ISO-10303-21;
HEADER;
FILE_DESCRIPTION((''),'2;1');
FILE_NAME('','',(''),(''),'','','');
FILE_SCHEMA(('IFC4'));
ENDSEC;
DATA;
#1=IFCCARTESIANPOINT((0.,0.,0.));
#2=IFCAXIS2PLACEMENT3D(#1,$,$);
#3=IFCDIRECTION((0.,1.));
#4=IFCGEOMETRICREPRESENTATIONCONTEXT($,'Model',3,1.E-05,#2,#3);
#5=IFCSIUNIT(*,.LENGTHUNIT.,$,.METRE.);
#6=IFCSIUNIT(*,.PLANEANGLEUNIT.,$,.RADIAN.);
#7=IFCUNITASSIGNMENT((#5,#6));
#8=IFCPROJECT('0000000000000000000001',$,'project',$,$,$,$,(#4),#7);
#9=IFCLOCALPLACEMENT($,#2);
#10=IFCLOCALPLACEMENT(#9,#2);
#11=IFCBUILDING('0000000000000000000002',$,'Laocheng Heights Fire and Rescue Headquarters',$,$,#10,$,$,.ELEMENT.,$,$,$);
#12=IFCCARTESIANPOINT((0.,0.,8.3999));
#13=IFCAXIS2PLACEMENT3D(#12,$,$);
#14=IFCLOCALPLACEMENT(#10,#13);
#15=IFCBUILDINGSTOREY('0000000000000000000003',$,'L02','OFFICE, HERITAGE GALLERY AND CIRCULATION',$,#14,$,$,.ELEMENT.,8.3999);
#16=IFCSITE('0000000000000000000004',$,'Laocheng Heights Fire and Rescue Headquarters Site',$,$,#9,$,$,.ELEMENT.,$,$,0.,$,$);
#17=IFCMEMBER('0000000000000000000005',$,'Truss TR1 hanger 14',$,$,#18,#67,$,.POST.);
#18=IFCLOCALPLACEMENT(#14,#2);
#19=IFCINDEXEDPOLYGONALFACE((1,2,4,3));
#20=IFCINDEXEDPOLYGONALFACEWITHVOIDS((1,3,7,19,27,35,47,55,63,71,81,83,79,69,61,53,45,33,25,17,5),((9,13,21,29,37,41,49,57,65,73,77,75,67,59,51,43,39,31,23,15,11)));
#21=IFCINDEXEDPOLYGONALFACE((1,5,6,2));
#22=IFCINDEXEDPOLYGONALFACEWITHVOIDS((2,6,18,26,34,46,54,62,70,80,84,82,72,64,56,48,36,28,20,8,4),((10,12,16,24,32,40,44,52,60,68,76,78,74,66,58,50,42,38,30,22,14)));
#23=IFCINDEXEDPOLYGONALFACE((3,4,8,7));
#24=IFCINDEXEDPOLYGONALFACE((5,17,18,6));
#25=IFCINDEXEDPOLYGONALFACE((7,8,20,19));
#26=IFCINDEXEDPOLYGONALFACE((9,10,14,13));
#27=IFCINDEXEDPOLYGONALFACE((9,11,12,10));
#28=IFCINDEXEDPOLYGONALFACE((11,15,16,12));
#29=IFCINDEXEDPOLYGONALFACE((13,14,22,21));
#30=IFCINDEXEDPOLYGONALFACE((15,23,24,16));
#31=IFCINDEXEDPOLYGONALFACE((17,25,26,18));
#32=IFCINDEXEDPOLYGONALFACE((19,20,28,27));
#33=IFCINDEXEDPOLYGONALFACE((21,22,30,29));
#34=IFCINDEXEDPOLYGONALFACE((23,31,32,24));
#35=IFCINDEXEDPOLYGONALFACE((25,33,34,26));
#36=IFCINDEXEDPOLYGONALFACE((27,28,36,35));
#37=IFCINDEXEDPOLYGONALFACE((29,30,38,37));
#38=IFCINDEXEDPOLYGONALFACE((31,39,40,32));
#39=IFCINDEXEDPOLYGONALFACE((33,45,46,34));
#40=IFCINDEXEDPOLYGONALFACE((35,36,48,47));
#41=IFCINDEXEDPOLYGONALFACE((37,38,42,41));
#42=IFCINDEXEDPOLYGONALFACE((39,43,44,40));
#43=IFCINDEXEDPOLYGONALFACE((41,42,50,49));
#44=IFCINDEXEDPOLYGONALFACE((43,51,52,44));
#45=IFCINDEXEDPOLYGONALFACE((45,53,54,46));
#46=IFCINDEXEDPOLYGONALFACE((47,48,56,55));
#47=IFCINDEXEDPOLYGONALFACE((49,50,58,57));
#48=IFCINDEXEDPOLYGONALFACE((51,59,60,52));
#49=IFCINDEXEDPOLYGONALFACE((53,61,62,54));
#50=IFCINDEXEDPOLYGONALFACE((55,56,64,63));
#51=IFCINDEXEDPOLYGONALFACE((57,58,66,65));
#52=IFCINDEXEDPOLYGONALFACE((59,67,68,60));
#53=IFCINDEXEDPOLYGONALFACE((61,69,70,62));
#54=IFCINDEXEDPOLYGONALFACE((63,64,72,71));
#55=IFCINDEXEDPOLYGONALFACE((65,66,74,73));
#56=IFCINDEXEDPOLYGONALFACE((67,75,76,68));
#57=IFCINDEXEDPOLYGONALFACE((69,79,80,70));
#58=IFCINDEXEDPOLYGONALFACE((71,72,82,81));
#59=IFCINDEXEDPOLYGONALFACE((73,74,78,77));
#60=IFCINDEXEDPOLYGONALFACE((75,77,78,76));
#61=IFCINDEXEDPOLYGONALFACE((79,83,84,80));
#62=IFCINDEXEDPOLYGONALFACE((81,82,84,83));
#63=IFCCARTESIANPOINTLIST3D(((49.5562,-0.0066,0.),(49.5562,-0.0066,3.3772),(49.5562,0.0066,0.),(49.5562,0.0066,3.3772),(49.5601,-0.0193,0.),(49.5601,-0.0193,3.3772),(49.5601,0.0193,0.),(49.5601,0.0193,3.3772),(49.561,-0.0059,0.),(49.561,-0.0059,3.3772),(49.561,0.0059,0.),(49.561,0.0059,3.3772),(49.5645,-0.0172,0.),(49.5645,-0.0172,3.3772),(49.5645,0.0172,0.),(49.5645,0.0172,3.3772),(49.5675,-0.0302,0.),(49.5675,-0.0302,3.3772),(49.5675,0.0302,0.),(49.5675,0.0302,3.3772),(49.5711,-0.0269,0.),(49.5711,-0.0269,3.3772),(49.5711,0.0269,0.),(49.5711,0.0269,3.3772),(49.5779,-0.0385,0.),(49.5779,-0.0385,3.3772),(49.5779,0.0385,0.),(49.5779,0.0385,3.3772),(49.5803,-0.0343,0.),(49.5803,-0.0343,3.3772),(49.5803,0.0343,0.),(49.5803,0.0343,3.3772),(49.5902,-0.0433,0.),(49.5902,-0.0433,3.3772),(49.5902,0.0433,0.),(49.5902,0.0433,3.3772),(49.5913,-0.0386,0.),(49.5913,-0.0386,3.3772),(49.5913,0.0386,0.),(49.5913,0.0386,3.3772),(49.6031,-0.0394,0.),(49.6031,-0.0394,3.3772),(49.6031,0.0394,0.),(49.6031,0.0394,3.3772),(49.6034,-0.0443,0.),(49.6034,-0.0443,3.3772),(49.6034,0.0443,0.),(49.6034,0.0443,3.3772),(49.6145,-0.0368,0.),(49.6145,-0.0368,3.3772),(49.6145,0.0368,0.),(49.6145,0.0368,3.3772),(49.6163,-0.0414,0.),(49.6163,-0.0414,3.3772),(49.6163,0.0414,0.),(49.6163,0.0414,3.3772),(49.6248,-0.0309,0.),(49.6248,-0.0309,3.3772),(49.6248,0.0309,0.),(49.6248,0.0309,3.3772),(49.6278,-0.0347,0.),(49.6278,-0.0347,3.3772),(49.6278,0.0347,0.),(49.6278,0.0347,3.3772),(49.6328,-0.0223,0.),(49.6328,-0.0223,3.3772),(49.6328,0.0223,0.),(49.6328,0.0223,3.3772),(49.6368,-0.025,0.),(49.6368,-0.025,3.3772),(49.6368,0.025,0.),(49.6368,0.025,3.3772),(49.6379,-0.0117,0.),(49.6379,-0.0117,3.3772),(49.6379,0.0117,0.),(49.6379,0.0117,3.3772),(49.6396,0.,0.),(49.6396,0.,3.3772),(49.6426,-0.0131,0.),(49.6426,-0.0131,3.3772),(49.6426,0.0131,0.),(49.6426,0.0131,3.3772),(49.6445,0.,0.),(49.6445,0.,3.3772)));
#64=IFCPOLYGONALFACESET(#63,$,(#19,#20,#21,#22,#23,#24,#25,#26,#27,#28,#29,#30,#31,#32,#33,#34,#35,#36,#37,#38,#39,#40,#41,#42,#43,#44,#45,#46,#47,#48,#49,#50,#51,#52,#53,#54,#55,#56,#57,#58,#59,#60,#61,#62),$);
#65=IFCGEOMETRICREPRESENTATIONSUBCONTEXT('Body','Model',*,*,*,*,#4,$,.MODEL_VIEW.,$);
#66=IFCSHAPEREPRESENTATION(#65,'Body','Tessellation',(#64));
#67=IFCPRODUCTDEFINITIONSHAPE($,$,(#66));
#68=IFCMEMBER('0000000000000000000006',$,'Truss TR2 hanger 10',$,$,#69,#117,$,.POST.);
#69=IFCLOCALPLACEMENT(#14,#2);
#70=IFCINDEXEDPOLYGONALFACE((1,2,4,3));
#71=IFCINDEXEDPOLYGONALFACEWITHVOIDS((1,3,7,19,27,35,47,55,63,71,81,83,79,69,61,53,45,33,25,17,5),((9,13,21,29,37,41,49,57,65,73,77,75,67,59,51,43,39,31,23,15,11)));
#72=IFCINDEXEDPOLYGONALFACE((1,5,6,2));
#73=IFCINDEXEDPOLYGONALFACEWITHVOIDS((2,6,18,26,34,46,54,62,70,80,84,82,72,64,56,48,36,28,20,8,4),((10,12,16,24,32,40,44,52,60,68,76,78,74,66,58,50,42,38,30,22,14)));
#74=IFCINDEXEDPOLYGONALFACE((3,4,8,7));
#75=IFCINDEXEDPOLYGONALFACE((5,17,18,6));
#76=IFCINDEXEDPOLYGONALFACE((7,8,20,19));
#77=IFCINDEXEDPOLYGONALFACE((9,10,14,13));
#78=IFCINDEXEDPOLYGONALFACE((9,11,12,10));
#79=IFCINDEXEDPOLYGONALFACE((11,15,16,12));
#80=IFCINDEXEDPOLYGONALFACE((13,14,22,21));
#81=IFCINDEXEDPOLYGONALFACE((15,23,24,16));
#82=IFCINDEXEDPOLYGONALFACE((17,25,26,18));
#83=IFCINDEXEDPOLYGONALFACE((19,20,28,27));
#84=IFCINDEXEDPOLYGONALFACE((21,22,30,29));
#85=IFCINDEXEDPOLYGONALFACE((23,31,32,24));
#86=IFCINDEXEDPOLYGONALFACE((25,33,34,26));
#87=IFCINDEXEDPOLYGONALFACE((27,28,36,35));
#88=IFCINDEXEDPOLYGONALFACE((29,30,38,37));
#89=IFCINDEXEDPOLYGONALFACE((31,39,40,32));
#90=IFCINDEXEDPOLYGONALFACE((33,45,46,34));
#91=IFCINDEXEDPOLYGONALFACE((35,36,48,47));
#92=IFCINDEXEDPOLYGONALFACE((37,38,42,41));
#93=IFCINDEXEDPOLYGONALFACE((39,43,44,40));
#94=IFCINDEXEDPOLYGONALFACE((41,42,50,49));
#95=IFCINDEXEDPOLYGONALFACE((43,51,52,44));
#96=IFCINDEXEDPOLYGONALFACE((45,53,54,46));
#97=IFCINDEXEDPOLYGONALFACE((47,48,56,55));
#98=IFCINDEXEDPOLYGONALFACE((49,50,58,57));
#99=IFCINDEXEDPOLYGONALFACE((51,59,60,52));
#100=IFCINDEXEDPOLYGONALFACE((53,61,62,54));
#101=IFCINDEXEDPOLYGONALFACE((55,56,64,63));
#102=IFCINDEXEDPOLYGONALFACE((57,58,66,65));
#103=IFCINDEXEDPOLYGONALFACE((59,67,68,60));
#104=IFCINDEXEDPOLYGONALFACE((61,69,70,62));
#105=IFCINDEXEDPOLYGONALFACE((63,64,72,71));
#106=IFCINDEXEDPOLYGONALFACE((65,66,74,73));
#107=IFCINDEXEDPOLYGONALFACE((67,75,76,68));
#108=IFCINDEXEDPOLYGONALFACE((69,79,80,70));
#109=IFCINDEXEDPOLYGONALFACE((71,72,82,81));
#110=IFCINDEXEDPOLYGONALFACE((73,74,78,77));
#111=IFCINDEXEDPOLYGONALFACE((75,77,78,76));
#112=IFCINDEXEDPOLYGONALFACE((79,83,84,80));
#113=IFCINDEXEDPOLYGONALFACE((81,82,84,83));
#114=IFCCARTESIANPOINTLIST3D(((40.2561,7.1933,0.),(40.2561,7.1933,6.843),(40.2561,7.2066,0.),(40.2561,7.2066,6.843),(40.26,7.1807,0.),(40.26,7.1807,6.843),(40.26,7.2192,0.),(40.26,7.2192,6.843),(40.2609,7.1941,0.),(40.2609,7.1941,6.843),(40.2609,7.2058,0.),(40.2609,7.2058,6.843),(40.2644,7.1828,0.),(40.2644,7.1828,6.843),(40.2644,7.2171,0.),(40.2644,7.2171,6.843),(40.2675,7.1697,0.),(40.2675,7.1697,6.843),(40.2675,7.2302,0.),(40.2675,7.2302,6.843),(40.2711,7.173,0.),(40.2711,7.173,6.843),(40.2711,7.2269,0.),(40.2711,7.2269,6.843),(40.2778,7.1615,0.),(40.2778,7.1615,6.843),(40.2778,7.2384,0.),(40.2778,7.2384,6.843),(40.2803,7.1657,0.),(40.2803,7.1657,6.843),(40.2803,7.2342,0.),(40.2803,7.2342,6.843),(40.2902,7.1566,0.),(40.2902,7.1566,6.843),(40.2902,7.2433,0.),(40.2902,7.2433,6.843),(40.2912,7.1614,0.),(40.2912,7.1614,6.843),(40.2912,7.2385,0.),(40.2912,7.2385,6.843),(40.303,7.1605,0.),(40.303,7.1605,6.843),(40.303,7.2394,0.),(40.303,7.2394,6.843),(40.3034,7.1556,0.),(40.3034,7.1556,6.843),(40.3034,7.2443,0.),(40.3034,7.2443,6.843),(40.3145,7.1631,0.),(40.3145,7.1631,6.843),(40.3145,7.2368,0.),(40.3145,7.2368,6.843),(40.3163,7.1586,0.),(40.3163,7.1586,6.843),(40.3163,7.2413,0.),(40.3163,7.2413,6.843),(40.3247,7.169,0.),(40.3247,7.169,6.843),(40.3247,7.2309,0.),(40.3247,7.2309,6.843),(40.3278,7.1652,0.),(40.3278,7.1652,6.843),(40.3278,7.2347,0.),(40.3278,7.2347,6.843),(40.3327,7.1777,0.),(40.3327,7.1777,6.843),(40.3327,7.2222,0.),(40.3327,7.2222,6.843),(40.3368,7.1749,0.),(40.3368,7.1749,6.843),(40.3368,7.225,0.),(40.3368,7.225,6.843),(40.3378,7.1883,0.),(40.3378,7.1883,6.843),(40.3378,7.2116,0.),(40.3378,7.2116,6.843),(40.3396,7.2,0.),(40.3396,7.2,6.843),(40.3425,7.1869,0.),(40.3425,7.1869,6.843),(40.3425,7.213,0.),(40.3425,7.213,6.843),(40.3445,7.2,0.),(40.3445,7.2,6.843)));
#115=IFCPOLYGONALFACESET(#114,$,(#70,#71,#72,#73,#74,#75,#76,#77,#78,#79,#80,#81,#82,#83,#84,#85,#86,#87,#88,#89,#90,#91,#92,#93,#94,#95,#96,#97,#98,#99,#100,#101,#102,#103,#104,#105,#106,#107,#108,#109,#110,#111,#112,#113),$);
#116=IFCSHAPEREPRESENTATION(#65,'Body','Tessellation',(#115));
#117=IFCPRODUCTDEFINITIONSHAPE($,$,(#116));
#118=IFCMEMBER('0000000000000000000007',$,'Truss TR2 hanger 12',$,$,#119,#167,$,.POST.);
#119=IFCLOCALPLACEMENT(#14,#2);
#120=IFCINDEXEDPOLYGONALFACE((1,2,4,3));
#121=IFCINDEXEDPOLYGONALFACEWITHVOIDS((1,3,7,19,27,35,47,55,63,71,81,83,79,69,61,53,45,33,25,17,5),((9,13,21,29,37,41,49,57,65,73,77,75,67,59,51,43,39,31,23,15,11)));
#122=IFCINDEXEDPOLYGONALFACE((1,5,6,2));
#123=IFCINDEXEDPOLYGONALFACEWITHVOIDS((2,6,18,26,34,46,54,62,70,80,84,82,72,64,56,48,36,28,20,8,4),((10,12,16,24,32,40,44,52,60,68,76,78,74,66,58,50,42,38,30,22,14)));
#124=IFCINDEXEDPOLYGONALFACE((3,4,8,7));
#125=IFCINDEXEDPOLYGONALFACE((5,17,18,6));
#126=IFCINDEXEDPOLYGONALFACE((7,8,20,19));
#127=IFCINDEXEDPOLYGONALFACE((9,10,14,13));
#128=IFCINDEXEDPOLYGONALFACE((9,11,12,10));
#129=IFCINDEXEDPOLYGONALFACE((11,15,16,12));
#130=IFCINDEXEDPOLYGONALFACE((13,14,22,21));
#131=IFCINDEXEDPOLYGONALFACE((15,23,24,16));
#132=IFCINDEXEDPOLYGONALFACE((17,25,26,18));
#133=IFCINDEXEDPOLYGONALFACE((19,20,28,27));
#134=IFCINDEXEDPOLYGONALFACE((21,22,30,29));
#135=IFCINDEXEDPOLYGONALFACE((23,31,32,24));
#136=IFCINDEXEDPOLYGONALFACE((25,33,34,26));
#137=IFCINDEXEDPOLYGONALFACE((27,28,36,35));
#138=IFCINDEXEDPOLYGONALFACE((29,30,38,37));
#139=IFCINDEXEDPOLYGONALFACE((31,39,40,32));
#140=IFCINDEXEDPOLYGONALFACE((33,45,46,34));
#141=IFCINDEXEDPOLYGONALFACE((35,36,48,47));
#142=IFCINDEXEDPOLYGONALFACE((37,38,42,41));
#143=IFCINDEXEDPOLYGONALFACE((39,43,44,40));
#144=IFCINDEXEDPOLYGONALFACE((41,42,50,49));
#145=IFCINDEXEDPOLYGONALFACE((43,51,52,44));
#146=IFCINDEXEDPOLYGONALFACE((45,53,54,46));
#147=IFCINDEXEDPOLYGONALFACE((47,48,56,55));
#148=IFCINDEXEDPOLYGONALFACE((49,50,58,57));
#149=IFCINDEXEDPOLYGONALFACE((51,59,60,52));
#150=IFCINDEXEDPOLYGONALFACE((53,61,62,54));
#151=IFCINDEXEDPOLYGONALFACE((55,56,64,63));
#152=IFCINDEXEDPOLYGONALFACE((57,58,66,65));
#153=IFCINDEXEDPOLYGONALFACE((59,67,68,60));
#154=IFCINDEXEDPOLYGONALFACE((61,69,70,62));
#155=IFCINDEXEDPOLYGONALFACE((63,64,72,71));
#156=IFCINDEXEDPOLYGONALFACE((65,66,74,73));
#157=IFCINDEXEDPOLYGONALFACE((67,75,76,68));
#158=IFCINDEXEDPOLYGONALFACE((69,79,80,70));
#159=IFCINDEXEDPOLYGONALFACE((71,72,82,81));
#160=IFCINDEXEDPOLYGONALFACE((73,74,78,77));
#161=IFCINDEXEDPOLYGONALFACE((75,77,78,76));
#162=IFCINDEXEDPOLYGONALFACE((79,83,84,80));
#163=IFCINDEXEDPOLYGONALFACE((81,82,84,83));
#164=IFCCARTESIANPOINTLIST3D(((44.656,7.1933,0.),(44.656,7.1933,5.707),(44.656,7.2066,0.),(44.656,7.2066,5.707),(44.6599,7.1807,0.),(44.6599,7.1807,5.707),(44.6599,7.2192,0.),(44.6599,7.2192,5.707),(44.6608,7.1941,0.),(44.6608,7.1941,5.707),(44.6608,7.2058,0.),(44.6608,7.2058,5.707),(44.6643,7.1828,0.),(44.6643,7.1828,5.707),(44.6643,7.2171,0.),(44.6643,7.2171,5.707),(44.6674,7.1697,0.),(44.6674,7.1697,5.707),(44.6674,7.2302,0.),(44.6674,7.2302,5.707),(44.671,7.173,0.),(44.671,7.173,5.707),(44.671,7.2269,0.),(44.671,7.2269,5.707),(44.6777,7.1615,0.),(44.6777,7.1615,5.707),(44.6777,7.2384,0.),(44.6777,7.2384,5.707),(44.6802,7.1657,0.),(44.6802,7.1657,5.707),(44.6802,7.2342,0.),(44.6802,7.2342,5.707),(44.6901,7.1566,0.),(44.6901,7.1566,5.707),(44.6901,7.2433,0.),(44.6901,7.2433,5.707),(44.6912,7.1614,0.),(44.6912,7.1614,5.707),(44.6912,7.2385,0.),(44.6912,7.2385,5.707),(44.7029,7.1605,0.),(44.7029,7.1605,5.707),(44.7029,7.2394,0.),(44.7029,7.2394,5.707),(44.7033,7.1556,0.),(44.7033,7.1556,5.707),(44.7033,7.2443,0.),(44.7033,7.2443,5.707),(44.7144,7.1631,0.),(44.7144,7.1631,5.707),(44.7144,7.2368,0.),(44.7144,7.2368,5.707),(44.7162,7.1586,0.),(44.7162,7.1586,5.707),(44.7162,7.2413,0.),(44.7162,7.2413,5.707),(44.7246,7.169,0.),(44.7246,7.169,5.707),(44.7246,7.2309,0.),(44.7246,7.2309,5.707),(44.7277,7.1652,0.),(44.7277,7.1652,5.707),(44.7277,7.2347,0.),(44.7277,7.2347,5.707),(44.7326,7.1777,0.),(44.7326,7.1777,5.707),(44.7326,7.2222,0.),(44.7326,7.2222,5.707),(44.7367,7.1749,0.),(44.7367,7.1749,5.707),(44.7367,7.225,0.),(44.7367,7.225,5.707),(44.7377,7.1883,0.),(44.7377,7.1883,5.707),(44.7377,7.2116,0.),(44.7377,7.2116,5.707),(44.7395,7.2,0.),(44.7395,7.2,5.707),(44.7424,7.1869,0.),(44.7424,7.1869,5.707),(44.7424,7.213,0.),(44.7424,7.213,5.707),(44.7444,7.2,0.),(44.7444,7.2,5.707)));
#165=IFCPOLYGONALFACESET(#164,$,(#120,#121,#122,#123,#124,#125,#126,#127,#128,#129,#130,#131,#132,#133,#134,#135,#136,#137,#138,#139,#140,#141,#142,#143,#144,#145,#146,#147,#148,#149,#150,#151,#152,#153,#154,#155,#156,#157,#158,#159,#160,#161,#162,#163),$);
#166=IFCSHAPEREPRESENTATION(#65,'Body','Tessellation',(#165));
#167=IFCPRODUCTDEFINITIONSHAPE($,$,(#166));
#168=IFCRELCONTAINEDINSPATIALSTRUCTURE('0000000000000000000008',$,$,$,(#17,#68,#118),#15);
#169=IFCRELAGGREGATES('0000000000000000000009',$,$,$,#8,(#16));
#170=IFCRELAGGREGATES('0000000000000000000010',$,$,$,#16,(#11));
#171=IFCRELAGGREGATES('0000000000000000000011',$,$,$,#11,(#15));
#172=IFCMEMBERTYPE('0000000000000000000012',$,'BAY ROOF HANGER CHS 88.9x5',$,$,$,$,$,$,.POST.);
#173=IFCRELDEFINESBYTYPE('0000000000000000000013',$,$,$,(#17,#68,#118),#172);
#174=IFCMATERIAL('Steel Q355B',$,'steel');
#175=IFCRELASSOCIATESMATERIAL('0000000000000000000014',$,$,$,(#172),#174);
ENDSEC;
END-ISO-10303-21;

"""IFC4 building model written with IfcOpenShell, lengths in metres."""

from ifc_helpers import new_model, si_unit, direction, frame, origin, origin_2d, place, context, subcontext, project, spatial, hollow_circle, extrude, material, material_profile, profile_set, type_object, element, save


model = new_model("IFC4")

# Units and contexts
model_context = context("Model", 3, precision=1e-05, world=origin(), true_north=direction((0.0, 1.0)))
body_context = subcontext(model_context, "Body", "Model", "MODEL_VIEW")
ifc_project = project(units=[si_unit("LENGTHUNIT", "METRE"), si_unit("PLANEANGLEUNIT", "RADIAN")], contexts=[model_context])

# Site, building, storey
site_placement = place(None, origin())
site = spatial("IfcSite", under=ifc_project, at=site_placement, Name="Laocheng Heights Fire and Rescue Headquarters Site", CompositionType="ELEMENT", RefElevation=0.0)
building_placement = place(site_placement, origin())
building = spatial("IfcBuilding", under=site, at=building_placement, Name="Laocheng Heights Fire and Rescue Headquarters", CompositionType="ELEMENT")
storey_placement = place(building_placement, frame((0.0, 0.0, 8.3999)))
storey = spatial("IfcBuildingStorey", under=building, at=storey_placement, Name="L02", Description="OFFICE, HERITAGE GALLERY AND CIRCULATION", CompositionType="ELEMENT", Elevation=8.3999)

# Members
ifc_material_1 = material(Name="Steel Q355B", Category="steel")
ifc_material_profile_1 = material_profile(ifc_material_1, hollow_circle(Radius=0.0444, WallThickness=0.0049, at=origin_2d()), Name="CHS 88.9x5")
ifc_profile_set_1 = profile_set([ifc_material_profile_1], Name="Steel Q355B")
member_type_1 = type_object("IfcMemberType", Name="BAY ROOF HANGER CHS 88.9x5", PredefinedType="POST", material=ifc_profile_set_1)
member_1_placement = place(storey_placement, frame((49.6001, 0.0, 0.0), z_axis=(0.0, 0.0, 1.0), x_axis=(1.0, 0.0, 0.0)))
element("IfcMember", 1, at=member_1_placement, inside=storey, type_object=member_type_1, Name="Truss TR1 hanger 14", PredefinedType="POST", context=body_context, shape_type="SweptSolid", body=[
    extrude(hollow_circle(Radius=0.0444, WallThickness=0.0049, at=origin_2d()), origin(), (0.0, 0.0, 1.0), 3.3772),
])
member_2_placement = place(storey_placement, frame((40.3, 7.2, 0.0), z_axis=(0.0, 0.0, 1.0), x_axis=(1.0, 0.0, 0.0)))
element("IfcMember", 2, at=member_2_placement, inside=storey, type_object=member_type_1, Name="Truss TR2 hanger 10", PredefinedType="POST", context=body_context, shape_type="SweptSolid", body=[
    extrude(hollow_circle(Radius=0.0444, WallThickness=0.0049, at=origin_2d()), origin(), (0.0, 0.0, 1.0), 6.843),
])
member_3_placement = place(storey_placement, frame((44.7, 7.2, 0.0), z_axis=(0.0, 0.0, 1.0), x_axis=(1.0, 0.0, 0.0)))
element("IfcMember", 3, at=member_3_placement, inside=storey, type_object=member_type_1, Name="Truss TR2 hanger 12", PredefinedType="POST", context=body_context, shape_type="SweptSolid", body=[
    extrude(hollow_circle(Radius=0.0444, WallThickness=0.0049, at=origin_2d()), origin(), (0.0, 0.0, 1.0), 5.707),
])

save(model, "model.ifc")
